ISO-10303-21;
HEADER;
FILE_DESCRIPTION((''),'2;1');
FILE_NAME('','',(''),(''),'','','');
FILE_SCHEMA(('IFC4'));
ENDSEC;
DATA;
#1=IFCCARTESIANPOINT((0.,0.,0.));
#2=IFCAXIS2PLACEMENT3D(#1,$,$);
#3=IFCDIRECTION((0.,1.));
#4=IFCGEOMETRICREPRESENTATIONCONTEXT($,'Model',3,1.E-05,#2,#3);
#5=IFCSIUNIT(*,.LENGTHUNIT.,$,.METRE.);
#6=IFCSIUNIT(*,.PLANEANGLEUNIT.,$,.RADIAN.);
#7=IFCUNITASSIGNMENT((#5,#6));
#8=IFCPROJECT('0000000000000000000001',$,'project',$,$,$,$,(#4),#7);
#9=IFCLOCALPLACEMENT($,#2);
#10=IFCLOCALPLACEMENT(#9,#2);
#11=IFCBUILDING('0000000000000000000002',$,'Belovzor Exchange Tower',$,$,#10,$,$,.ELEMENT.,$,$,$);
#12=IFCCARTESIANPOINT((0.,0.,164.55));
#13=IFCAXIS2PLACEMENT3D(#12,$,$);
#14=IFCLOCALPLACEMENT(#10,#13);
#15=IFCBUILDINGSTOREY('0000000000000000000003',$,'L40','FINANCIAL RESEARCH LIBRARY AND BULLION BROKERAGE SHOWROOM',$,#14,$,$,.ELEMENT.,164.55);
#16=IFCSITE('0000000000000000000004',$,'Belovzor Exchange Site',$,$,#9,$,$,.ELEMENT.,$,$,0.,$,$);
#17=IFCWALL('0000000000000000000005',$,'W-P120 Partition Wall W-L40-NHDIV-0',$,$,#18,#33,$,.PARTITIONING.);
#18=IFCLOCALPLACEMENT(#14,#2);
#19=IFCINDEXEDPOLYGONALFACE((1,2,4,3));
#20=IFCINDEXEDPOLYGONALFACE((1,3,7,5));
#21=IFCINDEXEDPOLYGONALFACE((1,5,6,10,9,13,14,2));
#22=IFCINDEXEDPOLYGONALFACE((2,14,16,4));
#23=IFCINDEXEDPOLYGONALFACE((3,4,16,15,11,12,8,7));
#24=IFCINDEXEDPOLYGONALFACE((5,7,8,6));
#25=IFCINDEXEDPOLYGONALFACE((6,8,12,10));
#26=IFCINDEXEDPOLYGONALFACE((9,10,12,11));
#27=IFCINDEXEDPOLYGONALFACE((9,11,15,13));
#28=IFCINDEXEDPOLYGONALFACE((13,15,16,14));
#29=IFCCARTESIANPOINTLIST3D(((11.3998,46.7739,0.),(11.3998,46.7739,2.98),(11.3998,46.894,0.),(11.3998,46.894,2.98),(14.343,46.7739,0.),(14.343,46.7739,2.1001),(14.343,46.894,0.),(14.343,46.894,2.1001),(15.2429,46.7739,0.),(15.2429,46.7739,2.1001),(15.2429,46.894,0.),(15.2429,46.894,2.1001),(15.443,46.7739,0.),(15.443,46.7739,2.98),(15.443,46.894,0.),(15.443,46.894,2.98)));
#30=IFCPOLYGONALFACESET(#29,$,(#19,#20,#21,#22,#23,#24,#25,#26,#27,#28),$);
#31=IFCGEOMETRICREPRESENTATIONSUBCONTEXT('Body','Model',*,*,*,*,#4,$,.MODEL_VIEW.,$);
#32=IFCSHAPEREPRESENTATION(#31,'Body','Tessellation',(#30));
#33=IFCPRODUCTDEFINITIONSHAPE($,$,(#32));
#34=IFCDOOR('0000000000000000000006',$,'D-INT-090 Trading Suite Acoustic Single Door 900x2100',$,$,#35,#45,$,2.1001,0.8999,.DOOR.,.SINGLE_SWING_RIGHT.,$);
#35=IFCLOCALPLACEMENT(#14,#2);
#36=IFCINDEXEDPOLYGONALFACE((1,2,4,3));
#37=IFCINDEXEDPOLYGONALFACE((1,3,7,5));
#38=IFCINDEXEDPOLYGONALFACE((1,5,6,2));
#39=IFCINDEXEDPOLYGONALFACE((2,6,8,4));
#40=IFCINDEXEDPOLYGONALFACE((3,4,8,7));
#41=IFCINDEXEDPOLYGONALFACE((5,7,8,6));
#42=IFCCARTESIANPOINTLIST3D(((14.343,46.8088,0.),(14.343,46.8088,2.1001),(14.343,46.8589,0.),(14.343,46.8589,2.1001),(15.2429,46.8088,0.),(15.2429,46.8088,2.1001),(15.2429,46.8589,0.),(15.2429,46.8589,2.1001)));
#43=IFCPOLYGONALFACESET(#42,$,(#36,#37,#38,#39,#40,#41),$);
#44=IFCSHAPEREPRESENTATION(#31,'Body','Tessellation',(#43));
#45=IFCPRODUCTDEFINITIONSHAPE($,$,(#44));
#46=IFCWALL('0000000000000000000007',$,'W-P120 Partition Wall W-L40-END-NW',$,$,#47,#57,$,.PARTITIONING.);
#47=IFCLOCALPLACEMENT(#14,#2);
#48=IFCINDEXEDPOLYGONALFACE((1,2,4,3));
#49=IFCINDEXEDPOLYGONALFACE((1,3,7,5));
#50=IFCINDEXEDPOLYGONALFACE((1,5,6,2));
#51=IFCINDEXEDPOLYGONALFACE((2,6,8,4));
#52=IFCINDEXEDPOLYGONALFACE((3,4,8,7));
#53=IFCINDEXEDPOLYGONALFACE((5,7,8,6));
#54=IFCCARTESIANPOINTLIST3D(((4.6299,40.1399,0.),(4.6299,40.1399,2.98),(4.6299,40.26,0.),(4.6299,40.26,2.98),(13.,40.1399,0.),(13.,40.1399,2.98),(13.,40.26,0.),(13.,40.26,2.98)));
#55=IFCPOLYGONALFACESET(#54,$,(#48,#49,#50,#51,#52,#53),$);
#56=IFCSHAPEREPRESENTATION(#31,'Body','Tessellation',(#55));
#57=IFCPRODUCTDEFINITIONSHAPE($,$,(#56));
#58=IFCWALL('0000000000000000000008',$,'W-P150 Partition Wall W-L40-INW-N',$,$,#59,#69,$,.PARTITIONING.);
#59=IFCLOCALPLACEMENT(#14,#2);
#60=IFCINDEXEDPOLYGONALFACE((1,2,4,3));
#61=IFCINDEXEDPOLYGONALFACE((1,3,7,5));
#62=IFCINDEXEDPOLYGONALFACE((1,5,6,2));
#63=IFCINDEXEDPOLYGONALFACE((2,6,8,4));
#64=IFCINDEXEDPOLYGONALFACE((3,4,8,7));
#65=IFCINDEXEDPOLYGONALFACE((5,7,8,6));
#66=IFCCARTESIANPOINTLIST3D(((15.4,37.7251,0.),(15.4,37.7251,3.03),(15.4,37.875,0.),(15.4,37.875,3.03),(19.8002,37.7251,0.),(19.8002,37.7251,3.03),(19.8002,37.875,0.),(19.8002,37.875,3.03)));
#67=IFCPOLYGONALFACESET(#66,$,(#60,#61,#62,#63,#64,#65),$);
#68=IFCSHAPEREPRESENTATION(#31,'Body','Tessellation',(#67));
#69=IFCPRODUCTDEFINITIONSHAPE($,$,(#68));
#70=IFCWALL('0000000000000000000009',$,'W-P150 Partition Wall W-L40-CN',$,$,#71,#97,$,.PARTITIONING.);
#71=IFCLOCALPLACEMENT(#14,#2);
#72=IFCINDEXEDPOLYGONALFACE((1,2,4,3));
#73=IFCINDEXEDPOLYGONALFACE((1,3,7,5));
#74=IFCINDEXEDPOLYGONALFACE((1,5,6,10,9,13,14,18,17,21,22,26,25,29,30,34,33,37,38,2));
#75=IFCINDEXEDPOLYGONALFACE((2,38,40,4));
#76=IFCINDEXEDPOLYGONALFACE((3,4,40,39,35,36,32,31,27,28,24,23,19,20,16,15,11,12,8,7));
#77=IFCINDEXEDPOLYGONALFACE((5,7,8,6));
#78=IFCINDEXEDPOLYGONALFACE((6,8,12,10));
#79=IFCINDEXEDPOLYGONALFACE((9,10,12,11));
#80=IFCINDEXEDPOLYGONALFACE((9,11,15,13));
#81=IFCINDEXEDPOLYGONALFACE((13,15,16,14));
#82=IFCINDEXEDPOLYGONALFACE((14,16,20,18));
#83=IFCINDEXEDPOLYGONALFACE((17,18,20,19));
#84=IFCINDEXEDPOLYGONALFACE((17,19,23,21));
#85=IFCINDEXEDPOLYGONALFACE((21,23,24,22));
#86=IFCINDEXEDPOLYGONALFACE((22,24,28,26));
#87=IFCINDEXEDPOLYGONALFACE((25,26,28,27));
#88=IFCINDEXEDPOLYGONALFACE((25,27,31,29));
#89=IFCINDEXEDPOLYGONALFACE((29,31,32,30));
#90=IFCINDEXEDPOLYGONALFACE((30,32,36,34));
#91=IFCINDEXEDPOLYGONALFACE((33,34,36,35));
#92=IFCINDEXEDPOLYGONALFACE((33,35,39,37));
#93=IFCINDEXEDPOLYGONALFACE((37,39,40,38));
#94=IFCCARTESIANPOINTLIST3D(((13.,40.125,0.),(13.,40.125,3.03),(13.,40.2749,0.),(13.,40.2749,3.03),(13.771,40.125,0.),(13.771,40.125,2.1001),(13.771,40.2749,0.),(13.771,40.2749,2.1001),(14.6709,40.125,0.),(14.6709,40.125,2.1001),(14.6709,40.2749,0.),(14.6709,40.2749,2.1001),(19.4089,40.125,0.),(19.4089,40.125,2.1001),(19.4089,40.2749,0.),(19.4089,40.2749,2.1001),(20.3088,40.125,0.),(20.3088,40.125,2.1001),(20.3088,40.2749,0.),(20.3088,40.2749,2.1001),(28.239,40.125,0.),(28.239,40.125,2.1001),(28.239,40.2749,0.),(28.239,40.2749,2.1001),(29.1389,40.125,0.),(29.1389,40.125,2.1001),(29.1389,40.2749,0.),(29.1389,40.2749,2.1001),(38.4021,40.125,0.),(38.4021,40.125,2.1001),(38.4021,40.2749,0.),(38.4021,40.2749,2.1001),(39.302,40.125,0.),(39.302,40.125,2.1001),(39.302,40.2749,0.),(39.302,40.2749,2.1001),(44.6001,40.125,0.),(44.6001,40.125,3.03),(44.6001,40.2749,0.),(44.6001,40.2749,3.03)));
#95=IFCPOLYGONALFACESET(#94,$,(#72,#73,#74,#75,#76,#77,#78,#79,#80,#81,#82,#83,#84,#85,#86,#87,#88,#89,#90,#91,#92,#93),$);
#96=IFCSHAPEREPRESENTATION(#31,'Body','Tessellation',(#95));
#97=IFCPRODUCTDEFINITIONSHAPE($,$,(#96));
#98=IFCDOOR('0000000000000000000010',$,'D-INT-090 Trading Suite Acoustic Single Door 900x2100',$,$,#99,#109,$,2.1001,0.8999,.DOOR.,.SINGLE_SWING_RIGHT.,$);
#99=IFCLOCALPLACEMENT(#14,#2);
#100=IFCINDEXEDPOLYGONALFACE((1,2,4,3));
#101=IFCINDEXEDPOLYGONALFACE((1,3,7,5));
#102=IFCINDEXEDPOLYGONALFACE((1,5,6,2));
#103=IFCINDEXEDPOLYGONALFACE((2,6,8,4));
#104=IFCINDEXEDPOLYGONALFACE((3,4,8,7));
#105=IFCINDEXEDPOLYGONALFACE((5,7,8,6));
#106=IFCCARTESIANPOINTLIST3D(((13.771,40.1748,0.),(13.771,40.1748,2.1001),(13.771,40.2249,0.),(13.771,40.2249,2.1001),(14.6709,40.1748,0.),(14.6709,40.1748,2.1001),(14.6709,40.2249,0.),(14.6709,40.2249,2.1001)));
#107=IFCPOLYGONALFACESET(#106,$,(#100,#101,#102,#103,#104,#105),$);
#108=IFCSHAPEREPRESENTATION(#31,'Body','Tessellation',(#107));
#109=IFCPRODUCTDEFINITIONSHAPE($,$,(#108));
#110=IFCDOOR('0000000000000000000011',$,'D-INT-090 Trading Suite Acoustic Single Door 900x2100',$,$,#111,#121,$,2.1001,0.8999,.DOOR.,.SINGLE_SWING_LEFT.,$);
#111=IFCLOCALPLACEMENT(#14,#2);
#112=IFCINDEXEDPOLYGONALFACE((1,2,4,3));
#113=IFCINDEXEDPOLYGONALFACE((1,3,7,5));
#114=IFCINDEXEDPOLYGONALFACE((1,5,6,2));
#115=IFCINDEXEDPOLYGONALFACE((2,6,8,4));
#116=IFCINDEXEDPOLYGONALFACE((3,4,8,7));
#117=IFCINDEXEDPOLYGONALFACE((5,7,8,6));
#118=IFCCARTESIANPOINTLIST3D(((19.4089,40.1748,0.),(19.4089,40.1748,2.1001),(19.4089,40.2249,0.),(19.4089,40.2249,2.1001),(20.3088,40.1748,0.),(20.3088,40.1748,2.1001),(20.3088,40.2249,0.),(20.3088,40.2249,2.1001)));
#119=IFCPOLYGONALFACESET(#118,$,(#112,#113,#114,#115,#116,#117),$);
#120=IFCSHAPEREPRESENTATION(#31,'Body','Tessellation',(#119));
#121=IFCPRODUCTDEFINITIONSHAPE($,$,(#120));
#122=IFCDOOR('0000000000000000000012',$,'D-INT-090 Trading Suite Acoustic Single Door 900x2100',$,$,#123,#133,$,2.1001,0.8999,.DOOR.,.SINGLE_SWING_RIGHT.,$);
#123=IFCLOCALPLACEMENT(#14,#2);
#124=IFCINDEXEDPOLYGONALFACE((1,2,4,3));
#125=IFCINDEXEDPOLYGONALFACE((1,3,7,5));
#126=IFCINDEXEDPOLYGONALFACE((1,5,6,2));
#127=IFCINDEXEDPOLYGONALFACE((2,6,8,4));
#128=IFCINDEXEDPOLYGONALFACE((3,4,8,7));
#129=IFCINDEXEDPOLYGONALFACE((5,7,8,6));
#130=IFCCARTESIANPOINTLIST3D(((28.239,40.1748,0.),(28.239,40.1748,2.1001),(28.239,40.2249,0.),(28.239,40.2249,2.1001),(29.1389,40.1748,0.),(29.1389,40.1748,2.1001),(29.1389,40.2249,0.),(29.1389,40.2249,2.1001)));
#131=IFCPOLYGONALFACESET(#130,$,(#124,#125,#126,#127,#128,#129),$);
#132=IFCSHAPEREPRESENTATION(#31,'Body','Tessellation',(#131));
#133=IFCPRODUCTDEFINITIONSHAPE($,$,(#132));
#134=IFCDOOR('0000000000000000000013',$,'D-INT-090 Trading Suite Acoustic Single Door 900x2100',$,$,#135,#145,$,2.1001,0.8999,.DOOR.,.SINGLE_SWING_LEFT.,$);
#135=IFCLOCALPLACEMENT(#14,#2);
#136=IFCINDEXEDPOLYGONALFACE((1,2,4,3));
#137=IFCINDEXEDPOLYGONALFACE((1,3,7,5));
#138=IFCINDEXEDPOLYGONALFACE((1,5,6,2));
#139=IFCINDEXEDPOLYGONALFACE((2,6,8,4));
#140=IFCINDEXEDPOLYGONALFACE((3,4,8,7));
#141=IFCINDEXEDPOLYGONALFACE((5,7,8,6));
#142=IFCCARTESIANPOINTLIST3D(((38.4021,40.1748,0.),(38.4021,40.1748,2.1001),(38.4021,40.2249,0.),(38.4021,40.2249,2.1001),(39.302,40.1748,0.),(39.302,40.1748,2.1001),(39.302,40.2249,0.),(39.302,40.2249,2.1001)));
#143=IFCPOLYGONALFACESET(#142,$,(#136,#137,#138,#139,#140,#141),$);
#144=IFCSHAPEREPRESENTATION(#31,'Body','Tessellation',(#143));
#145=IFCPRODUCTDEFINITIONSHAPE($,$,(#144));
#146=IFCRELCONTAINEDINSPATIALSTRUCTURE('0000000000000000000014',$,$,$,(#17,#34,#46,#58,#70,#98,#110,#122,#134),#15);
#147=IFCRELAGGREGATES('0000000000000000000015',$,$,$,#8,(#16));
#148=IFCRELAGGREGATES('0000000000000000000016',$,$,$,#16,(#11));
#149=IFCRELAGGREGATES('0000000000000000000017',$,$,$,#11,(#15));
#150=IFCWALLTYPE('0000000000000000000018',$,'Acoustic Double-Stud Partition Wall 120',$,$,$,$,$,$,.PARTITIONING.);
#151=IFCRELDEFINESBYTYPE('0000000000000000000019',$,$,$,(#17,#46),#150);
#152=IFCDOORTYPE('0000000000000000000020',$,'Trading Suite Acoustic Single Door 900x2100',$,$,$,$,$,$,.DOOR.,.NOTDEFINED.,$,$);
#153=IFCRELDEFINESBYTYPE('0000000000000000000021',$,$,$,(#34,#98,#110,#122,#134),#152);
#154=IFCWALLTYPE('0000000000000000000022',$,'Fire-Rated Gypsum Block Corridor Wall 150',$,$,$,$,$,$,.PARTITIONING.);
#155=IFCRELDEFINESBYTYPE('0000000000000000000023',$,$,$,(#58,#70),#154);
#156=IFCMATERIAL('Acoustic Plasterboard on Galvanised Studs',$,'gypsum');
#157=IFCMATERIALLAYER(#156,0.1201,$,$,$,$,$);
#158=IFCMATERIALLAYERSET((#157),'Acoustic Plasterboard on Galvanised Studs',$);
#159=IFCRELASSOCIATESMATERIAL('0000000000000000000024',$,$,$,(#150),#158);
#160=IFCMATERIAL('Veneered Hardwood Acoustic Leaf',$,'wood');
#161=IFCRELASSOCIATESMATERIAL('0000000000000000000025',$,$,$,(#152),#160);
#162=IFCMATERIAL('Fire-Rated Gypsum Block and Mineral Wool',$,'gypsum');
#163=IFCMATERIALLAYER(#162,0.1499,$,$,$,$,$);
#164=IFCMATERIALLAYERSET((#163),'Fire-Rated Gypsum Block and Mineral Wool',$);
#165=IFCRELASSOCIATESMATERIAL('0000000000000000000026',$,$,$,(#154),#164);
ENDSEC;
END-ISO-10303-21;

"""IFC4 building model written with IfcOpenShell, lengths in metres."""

from ifc_helpers import new_model, si_unit, direction, frame, frame_2d, origin, place, context, subcontext, project, spatial, rectangle, extrude, material, layer, layer_set, type_object, element, fill, save


model = new_model("IFC4")

# Units and contexts
model_context = context("Model", 3, precision=1e-05, world=origin(), true_north=direction((0.0, 1.0)))
body_context = subcontext(model_context, "Body", "Model", "MODEL_VIEW")
ifc_project = project(units=[si_unit("LENGTHUNIT", "METRE"), si_unit("PLANEANGLEUNIT", "RADIAN")], contexts=[model_context])

# Site, building, storey
site_placement = place(None, origin())
site = spatial("IfcSite", under=ifc_project, at=site_placement, Name="Belovzor Exchange Site", CompositionType="ELEMENT", RefElevation=0.0)
building_placement = place(site_placement, origin())
building = spatial("IfcBuilding", under=site, at=building_placement, Name="Belovzor Exchange Tower", CompositionType="ELEMENT")
storey_placement = place(building_placement, frame((0.0, 0.0, 164.55)))
storey = spatial("IfcBuildingStorey", under=building, at=storey_placement, Name="L40", Description="FINANCIAL RESEARCH LIBRARY AND BULLION BROKERAGE SHOWROOM", CompositionType="ELEMENT", Elevation=164.55)

# Wall, opening, door
ifc_material_1 = material(Name="Acoustic Plasterboard on Galvanised Studs", Category="gypsum")
ifc_layer_1 = layer(ifc_material_1, 0.1201)
ifc_layer_set_1 = layer_set([ifc_layer_1], Name="Acoustic Plasterboard on Galvanised Studs")
wall_type_1 = type_object("IfcWallType", Name="Acoustic Double-Stud Partition Wall 120", PredefinedType="PARTITIONING", material=ifc_layer_set_1)
wall_1_placement = place(storey_placement, frame((11.3999, 46.834, 0.0), z_axis=(0.0, 0.0, 1.0), x_axis=(1.0, 0.0, 0.0)))
wall_1 = element("IfcWall", 1, at=wall_1_placement, inside=storey, type_object=wall_type_1, Name="W-P120 Partition Wall W-L40-NHDIV-0", PredefinedType="PARTITIONING", context=body_context, shape_type="SweptSolid", body=[
    extrude(rectangle(XDim=4.0432, YDim=0.1201, at=frame_2d((2.0215, 0.0))), origin(), (0.0, 0.0, 1.0), 2.98),
])
opening_1_placement = place(wall_1_placement, frame((2.9431, 0.0, 0.0)))
opening_1 = element("IfcOpeningElement", 2, at=opening_1_placement, cuts=wall_1, PredefinedType="OPENING", context=body_context, shape_type="SweptSolid", body=[
    extrude(rectangle(XDim=0.8999, YDim=2.1001, at=frame_2d((0.45, 1.05))), frame((0.0, 0.0701, 0.0), z_axis=(0.0, -1.0, 0.0), x_axis=(1.0, 0.0, 0.0)), (0.0, 0.0, 1.0), 0.1401),
])
ifc_material_2 = material(Name="Veneered Hardwood Acoustic Leaf", Category="wood")
door_type_1 = type_object("IfcDoorType", Name="Trading Suite Acoustic Single Door 900x2100", OperationType="NOTDEFINED", PredefinedType="DOOR", material=ifc_material_2)
door_1_placement = place(opening_1_placement, origin())
door_1 = element("IfcDoor", 3, at=door_1_placement, inside=storey, type_object=door_type_1, Name="D-INT-090 Trading Suite Acoustic Single Door 900x2100", OperationType="SINGLE_SWING_RIGHT", OverallHeight=2.1001, OverallWidth=0.8999, PredefinedType="DOOR", context=body_context, shape_type="SweptSolid", body=[
    extrude(rectangle(XDim=0.8999, YDim=2.1001, at=frame_2d((0.45, 1.05))), frame((0.0, 0.0249, 0.0), z_axis=(0.0, -1.0, 0.0), x_axis=(1.0, 0.0, 0.0)), (0.0, 0.0, 1.0), 0.05),
])
fill(opening_1, door_1)

# Walls
wall_2_placement = place(storey_placement, frame((4.6299, 40.2, 0.0), z_axis=(0.0, 0.0, 1.0), x_axis=(1.0, 0.0, 0.0)))
element("IfcWall", 4, at=wall_2_placement, inside=storey, type_object=wall_type_1, Name="W-P120 Partition Wall W-L40-END-NW", PredefinedType="PARTITIONING", context=body_context, shape_type="SweptSolid", body=[
    extrude(rectangle(XDim=8.3701, YDim=0.1201, at=frame_2d((4.1851, 0.0))), origin(), (0.0, 0.0, 1.0), 2.98),
])
ifc_material_3 = material(Name="Fire-Rated Gypsum Block and Mineral Wool", Category="gypsum")
ifc_layer_2 = layer(ifc_material_3, 0.1499)
ifc_layer_set_2 = layer_set([ifc_layer_2], Name="Fire-Rated Gypsum Block and Mineral Wool")
wall_type_2 = type_object("IfcWallType", Name="Fire-Rated Gypsum Block Corridor Wall 150", PredefinedType="PARTITIONING", material=ifc_layer_set_2)
wall_3_placement = place(storey_placement, frame((15.3999, 37.8, 0.0), z_axis=(0.0, 0.0, 1.0), x_axis=(1.0, 0.0, 0.0)))
element("IfcWall", 5, at=wall_3_placement, inside=storey, type_object=wall_type_2, Name="W-P150 Partition Wall W-L40-INW-N", PredefinedType="PARTITIONING", context=body_context, shape_type="SweptSolid", body=[
    extrude(rectangle(XDim=4.4001, YDim=0.1499, at=frame_2d((2.2002, 0.0))), origin(), (0.0, 0.0, 1.0), 3.03),
])

# Wall, openings, doors
wall_4_placement = place(storey_placement, frame((13.0, 40.2, 0.0), z_axis=(0.0, 0.0, 1.0), x_axis=(1.0, 0.0, 0.0)))
wall_4 = element("IfcWall", 6, at=wall_4_placement, inside=storey, type_object=wall_type_2, Name="W-P150 Partition Wall W-L40-CN", PredefinedType="PARTITIONING", context=body_context, shape_type="SweptSolid", body=[
    extrude(rectangle(XDim=31.6001, YDim=0.1499, at=frame_2d((15.8, 0.0))), origin(), (0.0, 0.0, 1.0), 3.03),
])
opening_2_placement = place(wall_4_placement, frame((0.771, 0.0, 0.0)))
opening_2 = element("IfcOpeningElement", 7, at=opening_2_placement, cuts=wall_4, PredefinedType="OPENING", context=body_context, shape_type="SweptSolid", body=[
    extrude(rectangle(XDim=0.8999, YDim=2.1001, at=frame_2d((0.45, 1.05))), frame((0.0, 0.085, 0.0), z_axis=(0.0, -1.0, 0.0), x_axis=(1.0, 0.0, 0.0)), (0.0, 0.0, 1.0), 0.1699),
])
opening_3_placement = place(wall_4_placement, frame((6.4089, 0.0, 0.0)))
opening_3 = element("IfcOpeningElement", 8, at=opening_3_placement, cuts=wall_4, PredefinedType="OPENING", context=body_context, shape_type="SweptSolid", body=[
    extrude(rectangle(XDim=0.8999, YDim=2.1001, at=frame_2d((0.45, 1.05))), frame((0.0, 0.085, 0.0), z_axis=(0.0, -1.0, 0.0), x_axis=(1.0, 0.0, 0.0)), (0.0, 0.0, 1.0), 0.1699),
])
opening_4_placement = place(wall_4_placement, frame((15.239, 0.0, 0.0)))
opening_4 = element("IfcOpeningElement", 9, at=opening_4_placement, cuts=wall_4, PredefinedType="OPENING", context=body_context, shape_type="SweptSolid", body=[
    extrude(rectangle(XDim=0.8999, YDim=2.1001, at=frame_2d((0.45, 1.05))), frame((0.0, 0.085, 0.0), z_axis=(0.0, -1.0, 0.0), x_axis=(1.0, 0.0, 0.0)), (0.0, 0.0, 1.0), 0.1699),
])
opening_5_placement = place(wall_4_placement, frame((25.4021, 0.0, 0.0)))
opening_5 = element("IfcOpeningElement", 10, at=opening_5_placement, cuts=wall_4, PredefinedType="OPENING", context=body_context, shape_type="SweptSolid", body=[
    extrude(rectangle(XDim=0.8999, YDim=2.1001, at=frame_2d((0.45, 1.05))), frame((0.0, 0.085, 0.0), z_axis=(0.0, -1.0, 0.0), x_axis=(1.0, 0.0, 0.0)), (0.0, 0.0, 1.0), 0.1699),
])
door_2_placement = place(opening_2_placement, origin())
door_2 = element("IfcDoor", 11, at=door_2_placement, inside=storey, type_object=door_type_1, Name="D-INT-090 Trading Suite Acoustic Single Door 900x2100", OperationType="SINGLE_SWING_RIGHT", OverallHeight=2.1001, OverallWidth=0.8999, PredefinedType="DOOR", context=body_context, shape_type="SweptSolid", body=[
    extrude(rectangle(XDim=0.8999, YDim=2.1001, at=frame_2d((0.45, 1.05))), frame((0.0, 0.0249, 0.0), z_axis=(0.0, -1.0, 0.0), x_axis=(1.0, 0.0, 0.0)), (0.0, 0.0, 1.0), 0.05),
])
fill(opening_2, door_2)
door_3_placement = place(opening_3_placement, origin())
door_3 = element("IfcDoor", 12, at=door_3_placement, inside=storey, type_object=door_type_1, Name="D-INT-090 Trading Suite Acoustic Single Door 900x2100", OperationType="SINGLE_SWING_LEFT", OverallHeight=2.1001, OverallWidth=0.8999, PredefinedType="DOOR", context=body_context, shape_type="SweptSolid", body=[
    extrude(rectangle(XDim=0.8999, YDim=2.1001, at=frame_2d((0.45, 1.05))), frame((0.0, 0.0249, 0.0), z_axis=(0.0, -1.0, 0.0), x_axis=(1.0, 0.0, 0.0)), (0.0, 0.0, 1.0), 0.05),
])
fill(opening_3, door_3)
door_4_placement = place(opening_4_placement, origin())
door_4 = element("IfcDoor", 13, at=door_4_placement, inside=storey, type_object=door_type_1, Name="D-INT-090 Trading Suite Acoustic Single Door 900x2100", OperationType="SINGLE_SWING_RIGHT", OverallHeight=2.1001, OverallWidth=0.8999, PredefinedType="DOOR", context=body_context, shape_type="SweptSolid", body=[
    extrude(rectangle(XDim=0.8999, YDim=2.1001, at=frame_2d((0.45, 1.05))), frame((0.0, 0.0249, 0.0), z_axis=(0.0, -1.0, 0.0), x_axis=(1.0, 0.0, 0.0)), (0.0, 0.0, 1.0), 0.05),
])
fill(opening_4, door_4)
door_5_placement = place(opening_5_placement, origin())
door_5 = element("IfcDoor", 14, at=door_5_placement, inside=storey, type_object=door_type_1, Name="D-INT-090 Trading Suite Acoustic Single Door 900x2100", OperationType="SINGLE_SWING_LEFT", OverallHeight=2.1001, OverallWidth=0.8999, PredefinedType="DOOR", context=body_context, shape_type="SweptSolid", body=[
    extrude(rectangle(XDim=0.8999, YDim=2.1001, at=frame_2d((0.45, 1.05))), frame((0.0, 0.0249, 0.0), z_axis=(0.0, -1.0, 0.0), x_axis=(1.0, 0.0, 0.0)), (0.0, 0.0, 1.0), 0.05),
])
fill(opening_5, door_5)

save(model, "model.ifc")
